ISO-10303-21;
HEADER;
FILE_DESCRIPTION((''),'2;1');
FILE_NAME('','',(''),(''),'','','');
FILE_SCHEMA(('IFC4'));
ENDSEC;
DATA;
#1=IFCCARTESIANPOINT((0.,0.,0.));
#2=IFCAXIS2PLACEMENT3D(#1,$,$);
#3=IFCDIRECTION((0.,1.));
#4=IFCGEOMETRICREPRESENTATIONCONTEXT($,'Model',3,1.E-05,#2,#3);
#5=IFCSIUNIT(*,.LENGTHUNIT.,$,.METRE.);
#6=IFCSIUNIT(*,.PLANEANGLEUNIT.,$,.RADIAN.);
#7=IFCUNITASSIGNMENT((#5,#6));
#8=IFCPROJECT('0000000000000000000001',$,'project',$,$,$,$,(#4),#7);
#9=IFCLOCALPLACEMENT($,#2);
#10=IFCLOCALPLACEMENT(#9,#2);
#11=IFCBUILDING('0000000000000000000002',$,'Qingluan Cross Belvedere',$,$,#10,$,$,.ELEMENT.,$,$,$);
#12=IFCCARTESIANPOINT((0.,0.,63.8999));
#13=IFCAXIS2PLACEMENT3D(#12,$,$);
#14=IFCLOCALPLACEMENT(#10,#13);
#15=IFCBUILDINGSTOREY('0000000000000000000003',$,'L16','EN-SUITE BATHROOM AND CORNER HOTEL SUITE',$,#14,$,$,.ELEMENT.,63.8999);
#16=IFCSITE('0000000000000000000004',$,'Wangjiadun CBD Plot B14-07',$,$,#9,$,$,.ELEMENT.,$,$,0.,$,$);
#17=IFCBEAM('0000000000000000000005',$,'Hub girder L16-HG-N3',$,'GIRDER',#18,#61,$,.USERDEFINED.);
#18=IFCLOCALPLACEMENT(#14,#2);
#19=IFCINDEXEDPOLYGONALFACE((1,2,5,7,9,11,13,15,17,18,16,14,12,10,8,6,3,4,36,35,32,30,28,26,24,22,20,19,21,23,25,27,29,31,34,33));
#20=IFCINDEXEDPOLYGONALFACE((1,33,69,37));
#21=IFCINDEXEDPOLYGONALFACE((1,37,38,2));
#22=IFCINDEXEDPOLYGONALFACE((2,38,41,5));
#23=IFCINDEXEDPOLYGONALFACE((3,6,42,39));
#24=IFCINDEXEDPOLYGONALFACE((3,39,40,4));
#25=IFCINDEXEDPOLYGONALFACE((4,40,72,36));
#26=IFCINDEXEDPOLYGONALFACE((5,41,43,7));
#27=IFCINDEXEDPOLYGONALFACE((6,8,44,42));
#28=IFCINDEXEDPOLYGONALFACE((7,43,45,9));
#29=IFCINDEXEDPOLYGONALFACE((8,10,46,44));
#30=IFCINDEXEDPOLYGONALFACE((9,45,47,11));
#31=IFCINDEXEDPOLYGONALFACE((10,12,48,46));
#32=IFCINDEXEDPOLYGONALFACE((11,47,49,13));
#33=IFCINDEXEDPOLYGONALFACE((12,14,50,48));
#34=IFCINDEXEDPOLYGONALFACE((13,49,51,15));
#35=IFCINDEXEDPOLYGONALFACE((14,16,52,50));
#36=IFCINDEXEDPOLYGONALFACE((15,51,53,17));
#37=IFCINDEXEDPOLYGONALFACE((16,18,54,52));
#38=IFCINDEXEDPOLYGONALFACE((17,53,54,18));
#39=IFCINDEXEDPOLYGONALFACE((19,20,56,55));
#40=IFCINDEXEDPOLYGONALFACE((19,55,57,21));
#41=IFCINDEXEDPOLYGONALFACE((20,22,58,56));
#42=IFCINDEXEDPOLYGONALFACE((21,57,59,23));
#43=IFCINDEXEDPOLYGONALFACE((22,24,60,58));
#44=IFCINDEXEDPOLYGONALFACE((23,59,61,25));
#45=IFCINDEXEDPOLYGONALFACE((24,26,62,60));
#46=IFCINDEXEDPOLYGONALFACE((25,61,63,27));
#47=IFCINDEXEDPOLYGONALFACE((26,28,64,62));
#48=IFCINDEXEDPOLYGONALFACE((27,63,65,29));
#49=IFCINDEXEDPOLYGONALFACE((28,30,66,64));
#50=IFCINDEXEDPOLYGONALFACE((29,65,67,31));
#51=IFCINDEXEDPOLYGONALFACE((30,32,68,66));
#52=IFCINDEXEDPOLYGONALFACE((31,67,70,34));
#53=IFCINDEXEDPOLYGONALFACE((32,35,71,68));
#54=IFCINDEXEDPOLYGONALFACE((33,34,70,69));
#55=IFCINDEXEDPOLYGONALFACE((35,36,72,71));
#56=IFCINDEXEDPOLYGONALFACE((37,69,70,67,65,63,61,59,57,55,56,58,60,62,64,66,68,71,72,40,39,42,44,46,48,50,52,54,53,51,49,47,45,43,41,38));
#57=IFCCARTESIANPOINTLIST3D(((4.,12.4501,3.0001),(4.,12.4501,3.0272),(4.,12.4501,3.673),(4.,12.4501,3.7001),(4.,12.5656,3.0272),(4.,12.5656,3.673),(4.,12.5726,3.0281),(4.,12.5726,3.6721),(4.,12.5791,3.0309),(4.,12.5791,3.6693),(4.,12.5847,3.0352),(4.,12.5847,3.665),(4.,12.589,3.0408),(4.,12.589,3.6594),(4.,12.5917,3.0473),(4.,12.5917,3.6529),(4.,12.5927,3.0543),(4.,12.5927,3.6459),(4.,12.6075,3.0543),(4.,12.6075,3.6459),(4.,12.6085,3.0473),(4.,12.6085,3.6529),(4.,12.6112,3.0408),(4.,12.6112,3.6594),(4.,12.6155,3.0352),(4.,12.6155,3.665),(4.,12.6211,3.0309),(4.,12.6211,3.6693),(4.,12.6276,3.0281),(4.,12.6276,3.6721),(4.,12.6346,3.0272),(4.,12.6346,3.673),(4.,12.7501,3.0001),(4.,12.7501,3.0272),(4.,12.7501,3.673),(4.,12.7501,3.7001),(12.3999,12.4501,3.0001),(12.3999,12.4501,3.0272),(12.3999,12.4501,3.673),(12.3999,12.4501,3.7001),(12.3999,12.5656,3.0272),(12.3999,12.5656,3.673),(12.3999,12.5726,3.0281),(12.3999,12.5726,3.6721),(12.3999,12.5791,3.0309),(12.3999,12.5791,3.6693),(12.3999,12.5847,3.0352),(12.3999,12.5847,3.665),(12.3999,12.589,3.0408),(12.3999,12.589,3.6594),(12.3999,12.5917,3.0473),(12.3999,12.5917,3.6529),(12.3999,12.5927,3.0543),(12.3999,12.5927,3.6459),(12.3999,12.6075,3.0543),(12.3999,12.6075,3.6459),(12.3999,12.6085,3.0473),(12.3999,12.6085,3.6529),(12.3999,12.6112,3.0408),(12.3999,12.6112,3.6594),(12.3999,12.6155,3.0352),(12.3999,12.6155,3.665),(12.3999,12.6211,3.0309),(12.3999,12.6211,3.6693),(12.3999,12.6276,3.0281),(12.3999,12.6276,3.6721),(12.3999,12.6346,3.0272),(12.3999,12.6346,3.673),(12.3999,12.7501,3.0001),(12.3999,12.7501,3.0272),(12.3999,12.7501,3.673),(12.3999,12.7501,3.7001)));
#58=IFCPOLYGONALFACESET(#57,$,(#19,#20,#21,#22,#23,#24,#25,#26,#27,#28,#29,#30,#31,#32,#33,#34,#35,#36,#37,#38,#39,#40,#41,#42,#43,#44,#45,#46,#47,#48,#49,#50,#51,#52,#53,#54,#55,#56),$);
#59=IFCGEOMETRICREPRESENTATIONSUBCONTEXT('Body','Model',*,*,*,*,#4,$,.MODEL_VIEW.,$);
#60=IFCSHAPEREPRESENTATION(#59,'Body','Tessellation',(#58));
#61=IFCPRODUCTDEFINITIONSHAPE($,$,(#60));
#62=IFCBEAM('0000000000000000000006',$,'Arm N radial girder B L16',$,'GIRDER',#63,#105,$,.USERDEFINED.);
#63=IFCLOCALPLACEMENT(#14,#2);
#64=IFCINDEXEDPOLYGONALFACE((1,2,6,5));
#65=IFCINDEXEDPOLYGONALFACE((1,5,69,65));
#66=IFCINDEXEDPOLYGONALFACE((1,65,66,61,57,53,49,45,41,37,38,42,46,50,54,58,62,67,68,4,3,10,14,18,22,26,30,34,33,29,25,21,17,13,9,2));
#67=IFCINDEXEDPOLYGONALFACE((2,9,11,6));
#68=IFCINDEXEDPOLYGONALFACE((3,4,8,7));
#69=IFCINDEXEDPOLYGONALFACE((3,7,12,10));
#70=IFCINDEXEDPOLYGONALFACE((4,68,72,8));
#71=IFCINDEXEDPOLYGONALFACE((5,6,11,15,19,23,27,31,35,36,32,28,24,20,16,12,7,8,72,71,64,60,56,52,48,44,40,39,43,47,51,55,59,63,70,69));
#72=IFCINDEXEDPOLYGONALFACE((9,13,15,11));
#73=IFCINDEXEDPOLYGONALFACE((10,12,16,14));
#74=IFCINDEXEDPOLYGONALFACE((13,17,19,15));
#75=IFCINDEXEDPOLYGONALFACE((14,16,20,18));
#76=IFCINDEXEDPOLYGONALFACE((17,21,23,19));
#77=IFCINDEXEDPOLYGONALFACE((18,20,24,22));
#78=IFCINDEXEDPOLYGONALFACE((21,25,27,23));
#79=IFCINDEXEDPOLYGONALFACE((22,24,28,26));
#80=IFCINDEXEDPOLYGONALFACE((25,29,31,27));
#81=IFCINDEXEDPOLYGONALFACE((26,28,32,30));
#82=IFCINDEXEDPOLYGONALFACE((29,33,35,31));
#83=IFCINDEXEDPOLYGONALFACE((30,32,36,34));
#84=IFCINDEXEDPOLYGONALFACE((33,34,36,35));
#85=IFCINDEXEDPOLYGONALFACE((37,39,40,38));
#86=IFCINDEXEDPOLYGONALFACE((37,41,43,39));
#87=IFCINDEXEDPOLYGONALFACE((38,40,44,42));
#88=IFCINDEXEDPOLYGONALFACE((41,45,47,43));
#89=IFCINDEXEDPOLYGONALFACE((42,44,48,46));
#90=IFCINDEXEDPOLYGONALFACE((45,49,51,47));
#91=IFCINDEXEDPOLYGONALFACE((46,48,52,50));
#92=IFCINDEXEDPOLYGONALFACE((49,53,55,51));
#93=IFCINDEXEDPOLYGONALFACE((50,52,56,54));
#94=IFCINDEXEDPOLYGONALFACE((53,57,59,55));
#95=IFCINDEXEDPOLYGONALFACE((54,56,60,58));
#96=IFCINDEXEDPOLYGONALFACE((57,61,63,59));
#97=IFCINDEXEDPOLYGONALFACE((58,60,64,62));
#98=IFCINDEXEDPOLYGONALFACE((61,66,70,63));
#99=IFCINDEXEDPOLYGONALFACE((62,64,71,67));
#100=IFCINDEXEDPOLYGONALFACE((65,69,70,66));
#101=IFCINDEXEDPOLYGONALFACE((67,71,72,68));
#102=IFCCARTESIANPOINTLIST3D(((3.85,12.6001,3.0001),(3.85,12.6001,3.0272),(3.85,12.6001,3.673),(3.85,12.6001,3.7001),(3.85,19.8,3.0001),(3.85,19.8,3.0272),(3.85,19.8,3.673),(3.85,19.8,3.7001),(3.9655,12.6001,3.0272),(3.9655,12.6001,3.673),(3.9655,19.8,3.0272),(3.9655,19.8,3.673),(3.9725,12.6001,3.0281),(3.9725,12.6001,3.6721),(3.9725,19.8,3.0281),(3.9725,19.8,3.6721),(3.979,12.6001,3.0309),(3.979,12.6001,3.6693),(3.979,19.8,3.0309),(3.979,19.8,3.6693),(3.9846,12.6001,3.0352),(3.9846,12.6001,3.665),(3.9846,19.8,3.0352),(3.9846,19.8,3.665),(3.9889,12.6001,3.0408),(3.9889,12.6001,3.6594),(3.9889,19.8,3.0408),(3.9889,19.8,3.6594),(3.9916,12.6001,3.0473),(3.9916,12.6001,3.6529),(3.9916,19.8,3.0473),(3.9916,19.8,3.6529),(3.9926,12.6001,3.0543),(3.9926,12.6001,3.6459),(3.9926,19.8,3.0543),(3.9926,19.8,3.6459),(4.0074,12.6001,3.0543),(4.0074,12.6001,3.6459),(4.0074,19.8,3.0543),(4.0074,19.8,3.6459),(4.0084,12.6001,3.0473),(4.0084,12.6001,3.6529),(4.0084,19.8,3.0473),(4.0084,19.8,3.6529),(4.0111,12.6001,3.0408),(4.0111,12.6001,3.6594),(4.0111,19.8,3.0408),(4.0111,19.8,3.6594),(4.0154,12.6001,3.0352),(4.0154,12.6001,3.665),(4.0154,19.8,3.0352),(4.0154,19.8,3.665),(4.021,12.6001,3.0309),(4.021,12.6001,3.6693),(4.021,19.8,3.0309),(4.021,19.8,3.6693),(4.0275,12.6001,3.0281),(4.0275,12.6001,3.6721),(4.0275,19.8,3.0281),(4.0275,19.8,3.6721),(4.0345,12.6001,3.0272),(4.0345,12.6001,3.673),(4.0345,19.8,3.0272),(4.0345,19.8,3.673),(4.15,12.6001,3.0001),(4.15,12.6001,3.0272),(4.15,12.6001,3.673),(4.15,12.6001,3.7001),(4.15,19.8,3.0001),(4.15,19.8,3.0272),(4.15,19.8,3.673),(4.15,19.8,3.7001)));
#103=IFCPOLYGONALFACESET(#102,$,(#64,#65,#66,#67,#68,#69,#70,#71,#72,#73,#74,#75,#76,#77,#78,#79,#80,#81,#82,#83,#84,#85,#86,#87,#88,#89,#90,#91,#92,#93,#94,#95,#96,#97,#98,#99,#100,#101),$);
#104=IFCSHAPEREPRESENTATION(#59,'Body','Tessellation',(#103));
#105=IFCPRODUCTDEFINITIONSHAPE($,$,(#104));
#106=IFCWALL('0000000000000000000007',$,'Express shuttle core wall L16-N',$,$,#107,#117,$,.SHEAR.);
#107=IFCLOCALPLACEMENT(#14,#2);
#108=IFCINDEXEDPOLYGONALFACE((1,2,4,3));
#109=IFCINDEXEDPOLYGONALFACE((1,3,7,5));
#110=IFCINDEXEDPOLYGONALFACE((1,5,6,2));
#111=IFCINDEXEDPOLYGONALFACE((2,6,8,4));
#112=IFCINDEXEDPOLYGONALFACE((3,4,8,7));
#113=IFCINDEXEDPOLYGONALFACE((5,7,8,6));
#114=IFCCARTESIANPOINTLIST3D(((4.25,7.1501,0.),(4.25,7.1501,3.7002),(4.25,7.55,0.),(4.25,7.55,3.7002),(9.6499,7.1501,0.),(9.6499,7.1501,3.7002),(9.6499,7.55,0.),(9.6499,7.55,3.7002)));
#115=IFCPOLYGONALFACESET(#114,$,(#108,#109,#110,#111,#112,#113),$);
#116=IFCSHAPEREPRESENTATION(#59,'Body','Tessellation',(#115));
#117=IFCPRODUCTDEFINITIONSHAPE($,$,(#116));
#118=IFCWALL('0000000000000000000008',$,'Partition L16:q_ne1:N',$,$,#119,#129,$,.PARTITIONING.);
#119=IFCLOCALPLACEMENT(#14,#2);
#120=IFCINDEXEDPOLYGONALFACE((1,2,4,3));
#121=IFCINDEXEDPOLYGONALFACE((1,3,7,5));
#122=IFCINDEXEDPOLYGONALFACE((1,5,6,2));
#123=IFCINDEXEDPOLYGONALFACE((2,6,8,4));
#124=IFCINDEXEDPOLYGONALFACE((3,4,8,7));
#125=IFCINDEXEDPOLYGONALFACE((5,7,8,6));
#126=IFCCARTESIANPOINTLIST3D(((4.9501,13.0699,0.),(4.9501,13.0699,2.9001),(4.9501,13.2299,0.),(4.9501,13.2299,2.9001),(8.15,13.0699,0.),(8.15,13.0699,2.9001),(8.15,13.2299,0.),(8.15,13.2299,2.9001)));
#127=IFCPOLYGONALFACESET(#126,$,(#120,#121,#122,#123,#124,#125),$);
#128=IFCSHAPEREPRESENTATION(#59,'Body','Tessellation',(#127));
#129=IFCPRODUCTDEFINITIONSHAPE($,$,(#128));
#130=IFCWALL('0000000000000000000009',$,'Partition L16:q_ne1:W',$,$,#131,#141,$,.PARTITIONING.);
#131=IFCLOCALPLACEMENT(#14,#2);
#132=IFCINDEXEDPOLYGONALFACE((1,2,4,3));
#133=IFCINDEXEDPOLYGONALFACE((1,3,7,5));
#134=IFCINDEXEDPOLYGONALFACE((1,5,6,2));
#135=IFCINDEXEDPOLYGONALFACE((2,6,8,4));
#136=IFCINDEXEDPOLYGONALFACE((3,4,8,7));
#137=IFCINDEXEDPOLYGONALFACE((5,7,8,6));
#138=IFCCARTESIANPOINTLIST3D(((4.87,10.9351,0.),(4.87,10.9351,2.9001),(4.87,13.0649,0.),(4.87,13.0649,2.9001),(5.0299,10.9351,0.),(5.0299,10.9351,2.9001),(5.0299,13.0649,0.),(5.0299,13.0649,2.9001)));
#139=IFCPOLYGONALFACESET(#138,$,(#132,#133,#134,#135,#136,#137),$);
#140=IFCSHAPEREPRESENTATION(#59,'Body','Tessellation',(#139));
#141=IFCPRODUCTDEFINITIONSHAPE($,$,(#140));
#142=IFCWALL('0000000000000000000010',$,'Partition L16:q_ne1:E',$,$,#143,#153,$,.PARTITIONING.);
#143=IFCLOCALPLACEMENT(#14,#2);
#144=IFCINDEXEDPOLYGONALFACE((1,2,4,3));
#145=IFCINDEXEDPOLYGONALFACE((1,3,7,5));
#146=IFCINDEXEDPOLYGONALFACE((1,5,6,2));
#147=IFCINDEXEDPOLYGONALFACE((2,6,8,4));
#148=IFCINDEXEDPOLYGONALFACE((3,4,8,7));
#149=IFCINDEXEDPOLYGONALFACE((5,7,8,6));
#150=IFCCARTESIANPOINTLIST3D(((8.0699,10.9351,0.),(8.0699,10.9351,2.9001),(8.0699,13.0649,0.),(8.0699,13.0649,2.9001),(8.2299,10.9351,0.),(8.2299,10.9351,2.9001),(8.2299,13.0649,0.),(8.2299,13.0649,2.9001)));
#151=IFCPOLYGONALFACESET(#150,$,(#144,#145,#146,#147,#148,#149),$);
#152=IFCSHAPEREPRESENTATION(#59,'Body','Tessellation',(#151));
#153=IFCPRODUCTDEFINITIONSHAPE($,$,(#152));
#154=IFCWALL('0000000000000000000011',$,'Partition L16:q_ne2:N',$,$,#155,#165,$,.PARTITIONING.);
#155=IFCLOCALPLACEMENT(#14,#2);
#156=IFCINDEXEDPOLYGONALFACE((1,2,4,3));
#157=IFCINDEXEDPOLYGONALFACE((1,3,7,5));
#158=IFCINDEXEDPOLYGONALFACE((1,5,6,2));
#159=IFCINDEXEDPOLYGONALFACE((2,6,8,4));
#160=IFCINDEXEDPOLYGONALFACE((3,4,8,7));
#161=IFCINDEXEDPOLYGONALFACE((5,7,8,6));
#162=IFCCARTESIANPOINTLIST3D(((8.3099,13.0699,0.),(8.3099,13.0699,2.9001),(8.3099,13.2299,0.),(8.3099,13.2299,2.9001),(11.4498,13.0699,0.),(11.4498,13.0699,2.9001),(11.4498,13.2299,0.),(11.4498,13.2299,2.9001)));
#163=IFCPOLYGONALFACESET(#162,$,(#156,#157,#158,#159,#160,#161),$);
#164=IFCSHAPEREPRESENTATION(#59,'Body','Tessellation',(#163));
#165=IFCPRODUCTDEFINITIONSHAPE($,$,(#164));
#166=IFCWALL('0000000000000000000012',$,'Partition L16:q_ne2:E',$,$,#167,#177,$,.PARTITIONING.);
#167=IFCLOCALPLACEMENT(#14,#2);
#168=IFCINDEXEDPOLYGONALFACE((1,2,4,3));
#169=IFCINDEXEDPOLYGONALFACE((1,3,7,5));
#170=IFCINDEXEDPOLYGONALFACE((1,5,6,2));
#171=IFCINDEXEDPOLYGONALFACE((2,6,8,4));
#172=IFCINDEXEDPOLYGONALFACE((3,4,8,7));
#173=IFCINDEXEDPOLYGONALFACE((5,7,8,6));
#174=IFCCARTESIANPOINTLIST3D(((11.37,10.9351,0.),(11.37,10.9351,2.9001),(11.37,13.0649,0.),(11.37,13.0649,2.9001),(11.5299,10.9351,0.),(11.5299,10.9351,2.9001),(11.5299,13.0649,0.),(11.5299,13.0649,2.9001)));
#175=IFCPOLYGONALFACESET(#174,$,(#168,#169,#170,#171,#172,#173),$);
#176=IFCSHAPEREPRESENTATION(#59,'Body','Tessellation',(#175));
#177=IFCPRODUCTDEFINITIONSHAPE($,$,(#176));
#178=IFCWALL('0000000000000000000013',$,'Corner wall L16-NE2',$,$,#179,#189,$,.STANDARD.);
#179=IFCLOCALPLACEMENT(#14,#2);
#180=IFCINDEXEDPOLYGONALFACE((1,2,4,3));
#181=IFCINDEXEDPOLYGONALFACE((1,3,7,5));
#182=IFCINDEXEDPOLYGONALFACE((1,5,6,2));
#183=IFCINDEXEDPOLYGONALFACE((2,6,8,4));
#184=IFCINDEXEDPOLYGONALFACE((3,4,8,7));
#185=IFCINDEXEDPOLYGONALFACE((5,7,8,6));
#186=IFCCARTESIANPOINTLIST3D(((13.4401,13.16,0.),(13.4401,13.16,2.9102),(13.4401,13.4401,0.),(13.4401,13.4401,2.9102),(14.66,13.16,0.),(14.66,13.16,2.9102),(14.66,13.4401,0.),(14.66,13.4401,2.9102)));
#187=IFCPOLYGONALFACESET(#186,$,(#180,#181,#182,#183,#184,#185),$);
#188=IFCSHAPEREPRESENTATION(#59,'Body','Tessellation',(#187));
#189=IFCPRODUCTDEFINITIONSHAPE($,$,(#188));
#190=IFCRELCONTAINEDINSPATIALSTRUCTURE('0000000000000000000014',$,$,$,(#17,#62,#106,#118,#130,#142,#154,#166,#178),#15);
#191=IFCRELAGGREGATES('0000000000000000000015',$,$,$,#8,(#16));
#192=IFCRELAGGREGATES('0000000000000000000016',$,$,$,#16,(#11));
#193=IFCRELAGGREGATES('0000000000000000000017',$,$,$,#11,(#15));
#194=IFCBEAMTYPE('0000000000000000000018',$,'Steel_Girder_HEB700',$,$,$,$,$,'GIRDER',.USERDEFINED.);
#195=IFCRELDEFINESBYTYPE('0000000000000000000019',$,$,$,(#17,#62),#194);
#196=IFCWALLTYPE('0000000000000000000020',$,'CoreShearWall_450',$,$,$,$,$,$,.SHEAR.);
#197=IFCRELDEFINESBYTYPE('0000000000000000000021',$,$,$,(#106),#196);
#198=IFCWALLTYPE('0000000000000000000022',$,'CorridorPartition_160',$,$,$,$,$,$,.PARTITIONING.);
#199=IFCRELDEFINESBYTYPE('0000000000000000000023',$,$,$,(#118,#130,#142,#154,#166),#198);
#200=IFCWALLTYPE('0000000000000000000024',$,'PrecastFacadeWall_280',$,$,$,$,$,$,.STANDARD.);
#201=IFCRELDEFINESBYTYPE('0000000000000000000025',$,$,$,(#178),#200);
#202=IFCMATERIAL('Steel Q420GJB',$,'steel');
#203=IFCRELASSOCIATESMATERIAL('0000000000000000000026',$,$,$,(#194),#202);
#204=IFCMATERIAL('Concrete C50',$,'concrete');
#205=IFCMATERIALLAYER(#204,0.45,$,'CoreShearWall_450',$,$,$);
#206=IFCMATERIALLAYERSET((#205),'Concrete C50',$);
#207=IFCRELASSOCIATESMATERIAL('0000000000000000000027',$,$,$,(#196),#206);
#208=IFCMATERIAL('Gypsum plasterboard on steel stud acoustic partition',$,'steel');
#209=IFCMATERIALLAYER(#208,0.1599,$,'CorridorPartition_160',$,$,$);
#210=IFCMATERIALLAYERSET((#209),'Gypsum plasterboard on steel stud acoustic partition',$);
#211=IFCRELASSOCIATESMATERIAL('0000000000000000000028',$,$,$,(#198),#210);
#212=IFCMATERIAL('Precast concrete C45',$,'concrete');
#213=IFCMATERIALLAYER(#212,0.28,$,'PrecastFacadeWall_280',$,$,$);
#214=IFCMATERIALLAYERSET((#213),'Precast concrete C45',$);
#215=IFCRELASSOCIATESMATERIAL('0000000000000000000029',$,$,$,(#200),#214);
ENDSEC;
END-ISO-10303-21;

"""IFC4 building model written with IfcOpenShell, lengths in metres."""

from ifc_helpers import new_model, si_unit, direction, frame, frame_2d, origin, origin_2d, place, context, subcontext, project, spatial, rectangle, i_section, extrude, material, layer, layer_set, material_profile, profile_set, type_object, element, save


model = new_model("IFC4")

# Units and contexts
model_context = context("Model", 3, precision=1e-05, world=origin(), true_north=direction((0.0, 1.0)))
body_context = subcontext(model_context, "Body", "Model", "MODEL_VIEW")
ifc_project = project(units=[si_unit("LENGTHUNIT", "METRE"), si_unit("PLANEANGLEUNIT", "RADIAN")], contexts=[model_context])

# Site, building, storey
site_placement = place(None, origin())
site = spatial("IfcSite", under=ifc_project, at=site_placement, Name="Wangjiadun CBD Plot B14-07", CompositionType="ELEMENT", RefElevation=0.0)
building_placement = place(site_placement, origin())
building = spatial("IfcBuilding", under=site, at=building_placement, Name="Qingluan Cross Belvedere", CompositionType="ELEMENT")
storey_placement = place(building_placement, frame((0.0, 0.0, 63.8999)))
storey = spatial("IfcBuildingStorey", under=building, at=storey_placement, Name="L16", Description="EN-SUITE BATHROOM AND CORNER HOTEL SUITE", CompositionType="ELEMENT", Elevation=63.8999)

# Beams
ifc_material_1 = material(Name="Steel Q420GJB", Category="steel")
ifc_material_profile_1 = material_profile(ifc_material_1, i_section(OverallWidth=0.3, OverallDepth=0.7, WebThickness=0.0149, FlangeThickness=0.0271, FilletRadius=0.0271, at=origin_2d()), Name="HEB700")
ifc_profile_set_1 = profile_set([ifc_material_profile_1], Name="Steel Q420GJB")
beam_type_1 = type_object("IfcBeamType", Name="Steel_Girder_HEB700", ElementType="GIRDER", PredefinedType="USERDEFINED", material=ifc_profile_set_1)
beam_1_placement = place(storey_placement, frame((4.0, 12.6001, 3.3501), z_axis=(1.0, 0.0, 0.0), x_axis=(0.0, 1.0, 0.0)))
element("IfcBeam", 1, at=beam_1_placement, inside=storey, type_object=beam_type_1, Name="Hub girder L16-HG-N3", ObjectType="GIRDER", PredefinedType="USERDEFINED", context=body_context, shape_type="SweptSolid", body=[
    extrude(i_section(OverallWidth=0.3, OverallDepth=0.7, WebThickness=0.0149, FlangeThickness=0.0271, FilletRadius=0.0271, at=origin_2d()), origin(), (0.0, 0.0, 1.0), 8.3999),
])
beam_2_placement = place(storey_placement, frame((4.0, 12.6001, 3.3501), z_axis=(0.0, 1.0, 0.0), x_axis=(-1.0, 0.0, 0.0)))
element("IfcBeam", 2, at=beam_2_placement, inside=storey, type_object=beam_type_1, Name="Arm N radial girder B L16", ObjectType="GIRDER", PredefinedType="USERDEFINED", context=body_context, shape_type="SweptSolid", body=[
    extrude(i_section(OverallWidth=0.3, OverallDepth=0.7, WebThickness=0.0149, FlangeThickness=0.0271, FilletRadius=0.0271, at=origin_2d()), origin(), (0.0, 0.0, 1.0), 7.2),
])

# Wall
ifc_material_2 = material(Name="Concrete C50", Category="concrete")
ifc_layer_1 = layer(ifc_material_2, 0.45, Name="CoreShearWall_450")
ifc_layer_set_1 = layer_set([ifc_layer_1], Name="Concrete C50")
wall_type_1 = type_object("IfcWallType", Name="CoreShearWall_450", PredefinedType="SHEAR", material=ifc_layer_set_1)
wall_1_placement = place(storey_placement, frame((4.25, 7.3501, 0.0), z_axis=(0.0, 0.0, 1.0), x_axis=(1.0, 0.0, 0.0)))
element("IfcWall", 3, at=wall_1_placement, inside=storey, type_object=wall_type_1, Name="Express shuttle core wall L16-N", PredefinedType="SHEAR", context=body_context, shape_type="SweptSolid", body=[
    extrude(rectangle(XDim=5.3999, YDim=0.3999, at=frame_2d((2.7, 0.0))), origin(), (0.0, 0.0, 1.0), 3.7002),
])

# Shared definitions
ifc_material_3 = material(Name="Gypsum plasterboard on steel stud acoustic partition", Category="steel")
ifc_layer_2 = layer(ifc_material_3, 0.1599, Name="CorridorPartition_160")
ifc_layer_set_2 = layer_set([ifc_layer_2], Name="Gypsum plasterboard on steel stud acoustic partition")
wall_type_2 = type_object("IfcWallType", Name="CorridorPartition_160", PredefinedType="PARTITIONING", material=ifc_layer_set_2)

# Walls
wall_2_placement = place(storey_placement, frame((4.95, 13.1499, 0.0), z_axis=(0.0, 0.0, 1.0), x_axis=(1.0, 0.0, 0.0)))
element("IfcWall", 4, at=wall_2_placement, inside=storey, type_object=wall_type_2, Name="Partition L16:q_ne1:N", PredefinedType="PARTITIONING", context=body_context, shape_type="SweptSolid", body=[
    extrude(rectangle(XDim=3.2, YDim=0.1599, at=frame_2d((1.6001, 0.0))), origin(), (0.0, 0.0, 1.0), 2.9001),
])
for number, where, z_axis, x_axis, name in (
    (5, (4.95, 10.9351, 0.0), (0.0, 0.0, 1.0), (0.0, 1.0, 0.0), "Partition L16:q_ne1:W"),
    (6, (8.1499, 10.9351, 0.0), (0.0, 0.0, 1.0), (0.0, 1.0, 0.0), "Partition L16:q_ne1:E"),
):
    element("IfcWall", number, at=place(storey_placement, frame(where, z_axis=z_axis, x_axis=x_axis)), inside=storey, type_object=wall_type_2, Name=name, PredefinedType="PARTITIONING", context=body_context, shape_type="SweptSolid", body=[
        extrude(rectangle(XDim=2.1299, YDim=0.1599, at=frame_2d((1.0649, 0.0))), origin(), (0.0, 0.0, 1.0), 2.9001),
    ])

# Walls
wall_3_placement = place(storey_placement, frame((8.3101, 13.1499, 0.0), z_axis=(0.0, 0.0, 1.0), x_axis=(1.0, 0.0, 0.0)))
element("IfcWall", 7, at=wall_3_placement, inside=storey, type_object=wall_type_2, Name="Partition L16:q_ne2:N", PredefinedType="PARTITIONING", context=body_context, shape_type="SweptSolid", body=[
    extrude(rectangle(XDim=3.1399, YDim=0.1599, at=frame_2d((1.5698, 0.0))), origin(), (0.0, 0.0, 1.0), 2.9001),
])
wall_4_placement = place(storey_placement, frame((11.45, 10.9351, 0.0), z_axis=(0.0, 0.0, 1.0), x_axis=(0.0, 1.0, 0.0)))
element("IfcWall", 8, at=wall_4_placement, inside=storey, type_object=wall_type_2, Name="Partition L16:q_ne2:E", PredefinedType="PARTITIONING", context=body_context, shape_type="SweptSolid", body=[
    extrude(rectangle(XDim=2.1299, YDim=0.1599, at=frame_2d((1.0649, 0.0))), origin(), (0.0, 0.0, 1.0), 2.9001),
])
ifc_material_4 = material(Name="Precast concrete C45", Category="concrete")
ifc_layer_3 = layer(ifc_material_4, 0.28, Name="PrecastFacadeWall_280")
ifc_layer_set_3 = layer_set([ifc_layer_3], Name="Precast concrete C45")
wall_type_3 = type_object("IfcWallType", Name="PrecastFacadeWall_280", PredefinedType="STANDARD", material=ifc_layer_set_3)
wall_5_placement = place(storey_placement, frame((14.6599, 13.3, 0.0), z_axis=(0.0, 0.0, 1.0), x_axis=(-1.0, 0.0, 0.0)))
element("IfcWall", 9, at=wall_5_placement, inside=storey, type_object=wall_type_3, Name="Corner wall L16-NE2", PredefinedType="STANDARD", context=body_context, shape_type="SweptSolid", body=[
    extrude(rectangle(XDim=1.22, YDim=0.28, at=frame_2d((0.6099, 0.0))), origin(), (0.0, 0.0, 1.0), 2.9102),
])

save(model, "model.ifc")
